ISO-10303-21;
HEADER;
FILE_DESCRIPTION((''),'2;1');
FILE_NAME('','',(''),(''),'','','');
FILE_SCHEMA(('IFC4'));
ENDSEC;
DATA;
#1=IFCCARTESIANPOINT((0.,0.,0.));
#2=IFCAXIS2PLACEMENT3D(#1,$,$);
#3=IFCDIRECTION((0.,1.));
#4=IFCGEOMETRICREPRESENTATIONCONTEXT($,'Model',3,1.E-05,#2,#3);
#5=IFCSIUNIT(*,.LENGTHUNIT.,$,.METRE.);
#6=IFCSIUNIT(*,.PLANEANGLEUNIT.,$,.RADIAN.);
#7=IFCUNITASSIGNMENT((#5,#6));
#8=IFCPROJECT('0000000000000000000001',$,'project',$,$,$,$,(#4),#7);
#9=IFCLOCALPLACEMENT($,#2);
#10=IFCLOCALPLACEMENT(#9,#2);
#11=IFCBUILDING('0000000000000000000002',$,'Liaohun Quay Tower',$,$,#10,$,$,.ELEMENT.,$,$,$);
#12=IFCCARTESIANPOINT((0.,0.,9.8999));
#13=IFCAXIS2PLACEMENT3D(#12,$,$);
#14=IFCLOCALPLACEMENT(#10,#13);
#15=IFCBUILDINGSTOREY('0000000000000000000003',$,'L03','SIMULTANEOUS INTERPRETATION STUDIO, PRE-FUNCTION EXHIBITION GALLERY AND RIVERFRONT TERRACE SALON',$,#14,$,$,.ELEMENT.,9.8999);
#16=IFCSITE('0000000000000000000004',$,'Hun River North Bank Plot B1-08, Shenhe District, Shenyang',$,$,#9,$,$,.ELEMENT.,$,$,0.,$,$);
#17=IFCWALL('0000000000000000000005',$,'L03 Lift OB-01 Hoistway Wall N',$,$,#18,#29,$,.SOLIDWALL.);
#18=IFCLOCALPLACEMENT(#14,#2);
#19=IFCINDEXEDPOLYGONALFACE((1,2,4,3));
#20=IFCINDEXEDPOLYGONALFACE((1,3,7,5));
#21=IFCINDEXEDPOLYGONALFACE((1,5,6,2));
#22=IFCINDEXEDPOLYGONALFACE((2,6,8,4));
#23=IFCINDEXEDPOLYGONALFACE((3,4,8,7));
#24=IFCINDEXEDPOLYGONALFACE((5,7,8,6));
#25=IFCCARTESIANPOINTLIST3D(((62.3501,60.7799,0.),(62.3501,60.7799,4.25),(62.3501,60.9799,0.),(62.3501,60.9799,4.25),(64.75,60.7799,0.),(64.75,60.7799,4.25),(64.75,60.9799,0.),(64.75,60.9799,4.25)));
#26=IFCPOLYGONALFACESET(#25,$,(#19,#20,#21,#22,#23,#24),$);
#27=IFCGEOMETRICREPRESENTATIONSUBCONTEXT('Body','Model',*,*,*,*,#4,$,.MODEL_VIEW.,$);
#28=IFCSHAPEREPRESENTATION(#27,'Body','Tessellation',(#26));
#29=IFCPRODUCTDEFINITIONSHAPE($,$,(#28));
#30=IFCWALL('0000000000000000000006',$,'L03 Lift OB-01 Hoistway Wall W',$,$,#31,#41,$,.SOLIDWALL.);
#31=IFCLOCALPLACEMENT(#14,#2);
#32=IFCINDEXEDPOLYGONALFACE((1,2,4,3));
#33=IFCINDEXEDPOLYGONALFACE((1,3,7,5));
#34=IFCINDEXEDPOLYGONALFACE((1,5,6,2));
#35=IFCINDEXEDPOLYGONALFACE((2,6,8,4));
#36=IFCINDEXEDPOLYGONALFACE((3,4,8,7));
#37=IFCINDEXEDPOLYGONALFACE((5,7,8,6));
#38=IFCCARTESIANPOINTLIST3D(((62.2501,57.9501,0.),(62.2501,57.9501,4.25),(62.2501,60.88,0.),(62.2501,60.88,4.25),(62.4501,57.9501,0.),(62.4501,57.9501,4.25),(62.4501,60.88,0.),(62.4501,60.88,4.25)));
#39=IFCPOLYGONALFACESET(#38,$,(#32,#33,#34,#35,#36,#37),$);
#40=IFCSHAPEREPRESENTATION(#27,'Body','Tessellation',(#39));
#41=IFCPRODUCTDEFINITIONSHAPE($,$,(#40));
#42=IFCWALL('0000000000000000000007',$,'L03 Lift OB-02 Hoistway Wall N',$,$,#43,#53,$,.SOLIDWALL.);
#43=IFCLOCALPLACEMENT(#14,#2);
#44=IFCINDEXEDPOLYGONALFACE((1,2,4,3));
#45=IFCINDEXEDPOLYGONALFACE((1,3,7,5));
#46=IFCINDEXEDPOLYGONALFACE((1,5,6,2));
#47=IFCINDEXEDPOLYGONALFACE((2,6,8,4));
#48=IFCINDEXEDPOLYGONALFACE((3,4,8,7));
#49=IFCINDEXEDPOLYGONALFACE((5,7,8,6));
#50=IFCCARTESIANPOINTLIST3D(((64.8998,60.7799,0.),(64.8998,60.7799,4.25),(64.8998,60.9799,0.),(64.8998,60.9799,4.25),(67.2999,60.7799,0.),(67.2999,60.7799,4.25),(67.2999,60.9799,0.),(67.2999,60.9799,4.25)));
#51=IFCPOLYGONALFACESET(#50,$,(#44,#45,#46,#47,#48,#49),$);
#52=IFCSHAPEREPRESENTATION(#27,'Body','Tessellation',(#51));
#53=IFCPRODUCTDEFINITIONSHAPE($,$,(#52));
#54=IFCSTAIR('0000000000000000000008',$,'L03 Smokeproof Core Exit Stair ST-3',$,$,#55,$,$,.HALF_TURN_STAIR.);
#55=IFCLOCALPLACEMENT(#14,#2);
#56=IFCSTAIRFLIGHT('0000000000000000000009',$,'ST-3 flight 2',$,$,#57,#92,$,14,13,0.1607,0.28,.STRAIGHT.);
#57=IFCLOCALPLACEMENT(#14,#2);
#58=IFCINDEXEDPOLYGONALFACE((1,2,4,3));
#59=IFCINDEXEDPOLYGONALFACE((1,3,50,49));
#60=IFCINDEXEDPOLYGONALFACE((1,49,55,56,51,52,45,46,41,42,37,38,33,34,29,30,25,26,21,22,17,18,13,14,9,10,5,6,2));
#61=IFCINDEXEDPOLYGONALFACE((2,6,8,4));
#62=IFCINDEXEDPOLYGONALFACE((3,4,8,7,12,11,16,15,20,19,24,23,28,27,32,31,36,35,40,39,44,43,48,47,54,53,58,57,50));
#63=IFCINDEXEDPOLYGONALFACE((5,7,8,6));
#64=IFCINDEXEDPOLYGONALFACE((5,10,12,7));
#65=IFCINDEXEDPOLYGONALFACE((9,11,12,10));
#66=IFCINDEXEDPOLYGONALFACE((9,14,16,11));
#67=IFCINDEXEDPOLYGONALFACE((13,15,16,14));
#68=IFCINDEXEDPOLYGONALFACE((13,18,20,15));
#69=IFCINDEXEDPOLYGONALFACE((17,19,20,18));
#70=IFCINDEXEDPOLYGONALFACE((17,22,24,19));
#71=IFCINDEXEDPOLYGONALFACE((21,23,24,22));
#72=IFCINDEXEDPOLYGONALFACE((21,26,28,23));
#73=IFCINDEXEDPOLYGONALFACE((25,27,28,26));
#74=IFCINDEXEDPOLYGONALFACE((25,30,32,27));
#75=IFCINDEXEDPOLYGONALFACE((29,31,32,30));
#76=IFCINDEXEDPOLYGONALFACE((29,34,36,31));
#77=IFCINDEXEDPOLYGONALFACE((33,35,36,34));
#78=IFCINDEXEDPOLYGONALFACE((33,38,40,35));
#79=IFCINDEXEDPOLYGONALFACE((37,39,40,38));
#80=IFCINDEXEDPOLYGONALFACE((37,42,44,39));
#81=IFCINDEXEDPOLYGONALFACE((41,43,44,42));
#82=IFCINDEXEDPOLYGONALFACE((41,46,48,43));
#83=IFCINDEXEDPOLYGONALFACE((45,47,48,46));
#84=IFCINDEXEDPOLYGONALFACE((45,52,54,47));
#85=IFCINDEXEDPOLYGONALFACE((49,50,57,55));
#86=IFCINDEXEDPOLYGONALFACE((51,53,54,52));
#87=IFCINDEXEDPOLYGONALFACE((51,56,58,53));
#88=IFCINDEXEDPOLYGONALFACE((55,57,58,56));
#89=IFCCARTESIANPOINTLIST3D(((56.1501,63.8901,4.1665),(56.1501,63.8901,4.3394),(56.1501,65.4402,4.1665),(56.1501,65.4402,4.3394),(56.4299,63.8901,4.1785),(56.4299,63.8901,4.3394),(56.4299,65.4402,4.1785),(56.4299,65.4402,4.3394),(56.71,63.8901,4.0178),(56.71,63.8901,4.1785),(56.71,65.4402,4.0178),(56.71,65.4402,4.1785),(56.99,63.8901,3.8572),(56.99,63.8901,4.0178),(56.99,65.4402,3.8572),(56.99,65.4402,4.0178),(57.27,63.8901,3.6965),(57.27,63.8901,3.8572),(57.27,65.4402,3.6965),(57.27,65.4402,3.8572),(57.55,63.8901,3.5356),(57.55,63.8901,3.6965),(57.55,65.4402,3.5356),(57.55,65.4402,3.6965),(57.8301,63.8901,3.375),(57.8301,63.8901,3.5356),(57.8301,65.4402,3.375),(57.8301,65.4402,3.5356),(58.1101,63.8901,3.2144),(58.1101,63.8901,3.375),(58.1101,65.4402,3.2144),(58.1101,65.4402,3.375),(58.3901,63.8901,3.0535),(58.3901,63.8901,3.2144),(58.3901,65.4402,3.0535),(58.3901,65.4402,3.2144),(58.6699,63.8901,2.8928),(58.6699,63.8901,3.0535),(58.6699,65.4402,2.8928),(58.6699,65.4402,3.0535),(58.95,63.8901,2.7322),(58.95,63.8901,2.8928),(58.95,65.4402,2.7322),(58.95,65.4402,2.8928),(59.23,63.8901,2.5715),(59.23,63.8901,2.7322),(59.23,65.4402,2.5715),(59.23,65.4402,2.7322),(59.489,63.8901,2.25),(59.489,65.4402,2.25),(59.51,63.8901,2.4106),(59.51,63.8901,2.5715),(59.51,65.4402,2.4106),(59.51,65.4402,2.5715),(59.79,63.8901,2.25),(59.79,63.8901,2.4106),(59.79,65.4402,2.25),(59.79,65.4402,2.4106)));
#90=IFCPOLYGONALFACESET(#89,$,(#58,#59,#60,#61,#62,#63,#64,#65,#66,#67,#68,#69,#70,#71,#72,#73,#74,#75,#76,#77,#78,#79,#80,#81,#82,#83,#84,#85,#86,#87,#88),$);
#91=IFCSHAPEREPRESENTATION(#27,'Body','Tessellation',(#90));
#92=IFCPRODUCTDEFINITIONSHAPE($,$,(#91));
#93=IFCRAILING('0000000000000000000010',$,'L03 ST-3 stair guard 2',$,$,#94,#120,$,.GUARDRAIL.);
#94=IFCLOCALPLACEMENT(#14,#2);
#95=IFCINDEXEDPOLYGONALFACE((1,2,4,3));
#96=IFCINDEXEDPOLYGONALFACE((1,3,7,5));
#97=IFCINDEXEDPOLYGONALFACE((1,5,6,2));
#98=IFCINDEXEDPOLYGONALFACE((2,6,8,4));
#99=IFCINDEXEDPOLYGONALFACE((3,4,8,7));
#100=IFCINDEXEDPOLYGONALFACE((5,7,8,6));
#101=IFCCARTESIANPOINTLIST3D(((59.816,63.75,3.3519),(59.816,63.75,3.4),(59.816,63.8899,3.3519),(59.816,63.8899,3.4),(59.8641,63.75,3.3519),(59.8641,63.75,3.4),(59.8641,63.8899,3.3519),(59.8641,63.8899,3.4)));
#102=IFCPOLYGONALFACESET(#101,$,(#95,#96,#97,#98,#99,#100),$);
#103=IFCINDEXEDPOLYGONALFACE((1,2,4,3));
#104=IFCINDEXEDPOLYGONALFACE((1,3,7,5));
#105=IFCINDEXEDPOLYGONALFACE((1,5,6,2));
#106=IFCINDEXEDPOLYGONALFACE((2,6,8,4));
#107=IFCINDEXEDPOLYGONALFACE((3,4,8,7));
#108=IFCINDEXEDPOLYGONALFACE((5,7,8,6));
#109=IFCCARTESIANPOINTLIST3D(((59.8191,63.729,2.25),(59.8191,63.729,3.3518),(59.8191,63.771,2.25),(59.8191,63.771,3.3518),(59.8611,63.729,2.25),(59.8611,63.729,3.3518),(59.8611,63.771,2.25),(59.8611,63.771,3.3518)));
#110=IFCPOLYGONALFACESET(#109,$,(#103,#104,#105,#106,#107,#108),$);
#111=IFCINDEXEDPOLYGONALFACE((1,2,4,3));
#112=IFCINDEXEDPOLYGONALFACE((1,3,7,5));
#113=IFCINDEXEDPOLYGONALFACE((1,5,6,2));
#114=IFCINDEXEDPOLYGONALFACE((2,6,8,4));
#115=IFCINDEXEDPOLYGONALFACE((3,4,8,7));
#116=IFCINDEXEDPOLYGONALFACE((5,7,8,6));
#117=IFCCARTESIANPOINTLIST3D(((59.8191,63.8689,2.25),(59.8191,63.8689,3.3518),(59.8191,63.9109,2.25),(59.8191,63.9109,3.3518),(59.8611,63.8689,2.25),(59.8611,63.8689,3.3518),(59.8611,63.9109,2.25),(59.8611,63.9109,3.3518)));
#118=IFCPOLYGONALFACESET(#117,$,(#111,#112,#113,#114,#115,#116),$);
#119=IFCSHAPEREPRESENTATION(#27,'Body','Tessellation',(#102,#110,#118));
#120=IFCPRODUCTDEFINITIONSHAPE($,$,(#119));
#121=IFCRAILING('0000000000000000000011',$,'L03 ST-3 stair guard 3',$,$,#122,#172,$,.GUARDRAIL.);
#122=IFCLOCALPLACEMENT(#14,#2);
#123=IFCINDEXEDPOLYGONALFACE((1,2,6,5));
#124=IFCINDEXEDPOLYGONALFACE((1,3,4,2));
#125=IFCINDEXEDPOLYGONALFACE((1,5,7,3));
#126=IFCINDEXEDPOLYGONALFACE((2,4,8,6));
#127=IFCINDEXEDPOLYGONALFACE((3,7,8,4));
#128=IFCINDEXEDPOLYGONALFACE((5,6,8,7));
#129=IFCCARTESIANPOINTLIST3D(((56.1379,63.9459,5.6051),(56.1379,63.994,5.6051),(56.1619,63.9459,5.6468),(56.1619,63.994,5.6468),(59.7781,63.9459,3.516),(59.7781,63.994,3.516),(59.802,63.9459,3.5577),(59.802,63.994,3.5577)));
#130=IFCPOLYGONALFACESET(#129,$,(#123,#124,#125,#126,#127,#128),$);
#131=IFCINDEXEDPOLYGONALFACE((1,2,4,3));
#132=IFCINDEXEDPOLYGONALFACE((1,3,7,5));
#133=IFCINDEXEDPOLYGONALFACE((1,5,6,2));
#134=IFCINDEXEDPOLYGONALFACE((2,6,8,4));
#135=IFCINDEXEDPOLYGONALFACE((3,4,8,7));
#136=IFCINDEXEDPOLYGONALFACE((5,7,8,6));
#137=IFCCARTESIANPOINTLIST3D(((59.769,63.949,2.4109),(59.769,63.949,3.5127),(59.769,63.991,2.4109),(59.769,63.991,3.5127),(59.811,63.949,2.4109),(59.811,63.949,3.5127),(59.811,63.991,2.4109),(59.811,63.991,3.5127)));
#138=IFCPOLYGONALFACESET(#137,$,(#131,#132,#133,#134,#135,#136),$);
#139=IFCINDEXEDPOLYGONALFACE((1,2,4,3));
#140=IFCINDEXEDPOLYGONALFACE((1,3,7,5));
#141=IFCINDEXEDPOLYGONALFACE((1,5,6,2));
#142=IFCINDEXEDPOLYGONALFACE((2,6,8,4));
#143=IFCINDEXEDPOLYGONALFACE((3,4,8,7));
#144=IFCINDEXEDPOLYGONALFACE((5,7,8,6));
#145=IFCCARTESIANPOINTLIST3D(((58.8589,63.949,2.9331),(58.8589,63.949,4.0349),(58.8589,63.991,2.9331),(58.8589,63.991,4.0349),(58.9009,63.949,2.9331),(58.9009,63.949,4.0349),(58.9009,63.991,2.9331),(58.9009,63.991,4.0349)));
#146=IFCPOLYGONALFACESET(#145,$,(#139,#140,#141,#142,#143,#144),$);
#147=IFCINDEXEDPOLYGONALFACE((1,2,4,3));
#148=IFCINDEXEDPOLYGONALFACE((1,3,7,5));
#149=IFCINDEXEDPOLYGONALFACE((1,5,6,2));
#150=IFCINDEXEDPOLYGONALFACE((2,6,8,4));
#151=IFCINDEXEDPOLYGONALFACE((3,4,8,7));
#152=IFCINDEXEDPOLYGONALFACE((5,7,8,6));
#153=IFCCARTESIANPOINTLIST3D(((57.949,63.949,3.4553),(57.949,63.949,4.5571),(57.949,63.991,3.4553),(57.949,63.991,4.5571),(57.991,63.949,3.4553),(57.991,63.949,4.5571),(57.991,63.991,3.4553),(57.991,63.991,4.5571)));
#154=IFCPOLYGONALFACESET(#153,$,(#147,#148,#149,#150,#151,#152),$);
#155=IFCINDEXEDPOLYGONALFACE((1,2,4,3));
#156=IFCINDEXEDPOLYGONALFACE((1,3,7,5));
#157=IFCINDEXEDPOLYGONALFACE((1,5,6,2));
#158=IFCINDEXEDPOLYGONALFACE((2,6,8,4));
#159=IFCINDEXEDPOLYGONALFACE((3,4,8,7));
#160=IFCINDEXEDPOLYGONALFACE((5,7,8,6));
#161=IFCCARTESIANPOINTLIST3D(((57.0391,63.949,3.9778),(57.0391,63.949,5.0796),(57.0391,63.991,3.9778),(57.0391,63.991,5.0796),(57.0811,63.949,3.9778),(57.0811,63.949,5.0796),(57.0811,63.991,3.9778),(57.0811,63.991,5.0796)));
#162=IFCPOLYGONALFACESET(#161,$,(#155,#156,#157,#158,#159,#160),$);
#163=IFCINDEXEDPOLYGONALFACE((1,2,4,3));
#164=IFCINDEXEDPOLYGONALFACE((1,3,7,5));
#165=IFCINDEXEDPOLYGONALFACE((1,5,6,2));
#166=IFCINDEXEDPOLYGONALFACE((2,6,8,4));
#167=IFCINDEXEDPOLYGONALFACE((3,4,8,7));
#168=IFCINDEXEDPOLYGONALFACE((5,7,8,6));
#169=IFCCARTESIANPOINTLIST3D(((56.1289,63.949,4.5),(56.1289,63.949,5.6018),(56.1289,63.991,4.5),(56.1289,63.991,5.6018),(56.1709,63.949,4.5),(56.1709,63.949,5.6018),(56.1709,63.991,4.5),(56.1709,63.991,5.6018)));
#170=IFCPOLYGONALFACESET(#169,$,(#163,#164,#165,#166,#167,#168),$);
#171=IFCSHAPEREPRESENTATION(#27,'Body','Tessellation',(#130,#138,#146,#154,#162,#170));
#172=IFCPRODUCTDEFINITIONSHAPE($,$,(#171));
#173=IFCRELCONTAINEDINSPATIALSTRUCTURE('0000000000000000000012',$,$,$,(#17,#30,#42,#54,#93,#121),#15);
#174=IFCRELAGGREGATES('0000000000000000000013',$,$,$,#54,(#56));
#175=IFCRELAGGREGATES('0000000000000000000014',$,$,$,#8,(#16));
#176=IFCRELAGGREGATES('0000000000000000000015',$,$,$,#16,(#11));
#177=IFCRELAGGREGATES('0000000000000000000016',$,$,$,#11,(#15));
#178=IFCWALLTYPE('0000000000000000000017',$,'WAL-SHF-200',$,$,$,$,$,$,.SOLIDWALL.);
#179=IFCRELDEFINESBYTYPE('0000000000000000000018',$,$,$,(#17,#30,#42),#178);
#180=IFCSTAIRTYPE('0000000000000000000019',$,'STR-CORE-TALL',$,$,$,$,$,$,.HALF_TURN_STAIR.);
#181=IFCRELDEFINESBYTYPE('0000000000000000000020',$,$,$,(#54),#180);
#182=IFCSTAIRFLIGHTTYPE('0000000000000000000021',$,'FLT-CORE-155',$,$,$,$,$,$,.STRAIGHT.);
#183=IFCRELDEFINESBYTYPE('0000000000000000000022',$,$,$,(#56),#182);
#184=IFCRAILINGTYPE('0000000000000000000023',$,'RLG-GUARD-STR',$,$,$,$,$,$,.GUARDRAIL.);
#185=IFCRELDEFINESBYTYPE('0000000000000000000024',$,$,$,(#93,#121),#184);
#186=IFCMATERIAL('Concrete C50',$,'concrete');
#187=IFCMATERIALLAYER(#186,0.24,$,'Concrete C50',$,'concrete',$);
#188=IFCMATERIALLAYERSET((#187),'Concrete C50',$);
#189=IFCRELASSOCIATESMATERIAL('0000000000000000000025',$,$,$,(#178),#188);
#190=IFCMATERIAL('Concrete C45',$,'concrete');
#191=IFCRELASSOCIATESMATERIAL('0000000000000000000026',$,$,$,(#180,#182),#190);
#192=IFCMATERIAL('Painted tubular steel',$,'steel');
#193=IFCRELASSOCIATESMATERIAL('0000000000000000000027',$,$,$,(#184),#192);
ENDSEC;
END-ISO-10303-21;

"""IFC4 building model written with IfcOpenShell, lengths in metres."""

from ifc_helpers import new_model, si_unit, direction, frame, frame_2d, origin, origin_2d, place, context, subcontext, project, spatial, polyline, rectangle, outline, extrude, material, layer, layer_set, type_object, element, aggregate, save


model = new_model("IFC4")

# Units and contexts
model_context = context("Model", 3, precision=1e-05, world=origin(), true_north=direction((0.0, 1.0)))
body_context = subcontext(model_context, "Body", "Model", "MODEL_VIEW")
ifc_project = project(units=[si_unit("LENGTHUNIT", "METRE"), si_unit("PLANEANGLEUNIT", "RADIAN")], contexts=[model_context])

# Site, building, storey
site_placement = place(None, origin())
site = spatial("IfcSite", under=ifc_project, at=site_placement, Name="Hun River North Bank Plot B1-08, Shenhe District, Shenyang", CompositionType="ELEMENT", RefElevation=0.0)
building_placement = place(site_placement, origin())
building = spatial("IfcBuilding", under=site, at=building_placement, Name="Liaohun Quay Tower", CompositionType="ELEMENT")
storey_placement = place(building_placement, frame((0.0, 0.0, 9.8999)))
storey = spatial("IfcBuildingStorey", under=building, at=storey_placement, Name="L03", Description="SIMULTANEOUS INTERPRETATION STUDIO, PRE-FUNCTION EXHIBITION GALLERY AND RIVERFRONT TERRACE SALON", CompositionType="ELEMENT", Elevation=9.8999)

# Shared definitions
ifc_material_1 = material(Name="Concrete C50", Category="concrete")
ifc_layer_1 = layer(ifc_material_1, 0.24, Name="Concrete C50", Category="concrete")
ifc_layer_set_1 = layer_set([ifc_layer_1], Name="Concrete C50")
wall_type_1 = type_object("IfcWallType", Name="WAL-SHF-200", PredefinedType="SOLIDWALL", material=ifc_layer_set_1)

# Walls
wall_1_placement = place(storey_placement, frame((64.75, 60.8799, 0.0), z_axis=(0.0, 0.0, 1.0), x_axis=(-1.0, 0.0, 0.0)))
element("IfcWall", 1, at=wall_1_placement, inside=storey, type_object=wall_type_1, Name="L03 Lift OB-01 Hoistway Wall N", PredefinedType="SOLIDWALL", context=body_context, shape_type="SweptSolid", body=[
    extrude(rectangle(XDim=2.3999, YDim=0.2, at=frame_2d((1.2, 0.0))), origin(), (0.0, 0.0, 1.0), 4.25),
])
wall_2_placement = place(storey_placement, frame((62.3501, 60.8799, 0.0), z_axis=(0.0, 0.0, 1.0), x_axis=(0.0, -1.0, 0.0)))
element("IfcWall", 2, at=wall_2_placement, inside=storey, type_object=wall_type_1, Name="L03 Lift OB-01 Hoistway Wall W", PredefinedType="SOLIDWALL", context=body_context, shape_type="SweptSolid", body=[
    extrude(rectangle(XDim=2.9299, YDim=0.2, at=frame_2d((1.4648, 0.0))), origin(), (0.0, 0.0, 1.0), 4.25),
])
wall_3_placement = place(storey_placement, frame((67.3, 60.8799, 0.0), z_axis=(0.0, 0.0, 1.0), x_axis=(-1.0, 0.0, 0.0)))
element("IfcWall", 3, at=wall_3_placement, inside=storey, type_object=wall_type_1, Name="L03 Lift OB-02 Hoistway Wall N", PredefinedType="SOLIDWALL", context=body_context, shape_type="SweptSolid", body=[
    extrude(rectangle(XDim=2.4001, YDim=0.2, at=frame_2d((1.2002, 0.0))), origin(), (0.0, 0.0, 1.0), 4.25),
])

# Stair, stair flight
ifc_material_2 = material(Name="Concrete C45", Category="concrete")
stair_type = type_object("IfcStairType", Name="STR-CORE-TALL", PredefinedType="HALF_TURN_STAIR", material=ifc_material_2)
stair_placement = place(storey_placement, origin())
stair = element("IfcStair", 4, at=stair_placement, inside=storey, type_object=stair_type, Name="L03 Smokeproof Core Exit Stair ST-3", PredefinedType="HALF_TURN_STAIR")
stair_flight_type = type_object("IfcStairFlightType", Name="FLT-CORE-155", PredefinedType="STRAIGHT", material=ifc_material_2)
stair_flight_placement = place(storey_placement, frame((59.79, 64.665, 2.25), z_axis=(0.0, 0.0, 1.0), x_axis=(-1.0, 0.0, 0.0)))
stair_flight = element("IfcStairFlight", 5, at=stair_flight_placement, type_object=stair_flight_type, Name="ST-3 flight 2", NumberOfRisers=14, NumberOfTreads=13, PredefinedType="STRAIGHT", RiserHeight=0.1607, TreadLength=0.28, context=body_context, shape_type="SweptSolid", body=[
    extrude(outline(polyline([(0.0, 0.0), (0.0, 0.1606), (0.28, 0.1606), (0.28, 0.3215), (0.5601, 0.3215), (0.5601, 0.4822), (0.8401, 0.4822), (0.8401, 0.6428), (1.1201, 0.6428), (1.1201, 0.8035), (1.3999, 0.8035), (1.3999, 0.9644), (1.6799, 0.9644), (1.6799, 1.125), (1.96, 1.125), (1.96, 1.2856), (2.24, 1.2856), (2.24, 1.4465), (2.52, 1.4465), (2.52, 1.6072), (2.8, 1.6072), (2.8, 1.7678), (3.0801, 1.7678), (3.0801, 1.9285), (3.3601, 1.9285), (3.3601, 2.0894), (3.6399, 2.0894), (3.6399, 2.25), (3.6399, 1.9165), (0.301, 0.0), (0.0, 0.0)])), frame((0.0, 0.7749, 0.0), z_axis=(0.0, -1.0, 0.0), x_axis=(1.0, 0.0, 0.0)), (0.0, 0.0, 1.0), 1.55),
])
aggregate(stair, [stair_flight])

# Railings
ifc_material_3 = material(Name="Painted tubular steel", Category="steel")
railing_type_1 = type_object("IfcRailingType", Name="RLG-GUARD-STR", PredefinedType="GUARDRAIL", material=ifc_material_3)
railing_1_placement = place(storey_placement, frame((59.8401, 63.75, 2.25)))
element("IfcRailing", 6, at=railing_1_placement, inside=storey, type_object=railing_type_1, Name="L03 ST-3 stair guard 2", PredefinedType="GUARDRAIL", context=body_context, shape_type="SweptSolid", body=[
    extrude(rectangle(XDim=0.0481, YDim=0.0481, at=origin_2d()), frame((0.0, 0.0, 1.126), z_axis=(0.0, 1.0, 0.0), x_axis=(-1.0, 0.0, 0.0)), (0.0, 0.0, 1.0), 0.1399),
    extrude(rectangle(XDim=0.042, YDim=0.042, at=origin_2d()), origin(), (0.0, 0.0, 1.0), 1.1018),
    extrude(rectangle(XDim=0.042, YDim=0.042, at=origin_2d()), frame((0.0, 0.1399, 0.0)), (0.0, 0.0, 1.0), 1.1018),
])
railing_2_placement = place(storey_placement, frame((59.79, 63.97, 2.4109)))
element("IfcRailing", 7, at=railing_2_placement, inside=storey, type_object=railing_type_1, Name="L03 ST-3 stair guard 3", PredefinedType="GUARDRAIL", context=body_context, shape_type="SweptSolid", body=[
    extrude(rectangle(XDim=0.0481, YDim=0.0481, at=origin_2d()), frame((0.0, 0.0, 1.126), z_axis=(-0.867314, 0.0, 0.497761), x_axis=(0.0, -1.0, 0.0)), (0.0, 0.0, 1.0), 4.197),
    extrude(rectangle(XDim=0.042, YDim=0.042, at=origin_2d()), origin(), (0.0, 0.0, 1.0), 1.1018),
    extrude(rectangle(XDim=0.042, YDim=0.042, at=origin_2d()), frame((-0.9102, 0.0, 0.5222)), (0.0, 0.0, 1.0), 1.1018),
    extrude(rectangle(XDim=0.042, YDim=0.042, at=origin_2d()), frame((-1.8201, 0.0, 1.0444)), (0.0, 0.0, 1.0), 1.1018),
    extrude(rectangle(XDim=0.042, YDim=0.042, at=origin_2d()), frame((-2.73, 0.0, 1.5669)), (0.0, 0.0, 1.0), 1.1018),
    extrude(rectangle(XDim=0.042, YDim=0.042, at=origin_2d()), frame((-3.6401, 0.0, 2.0891)), (0.0, 0.0, 1.0), 1.1018),
])

save(model, "model.ifc")
